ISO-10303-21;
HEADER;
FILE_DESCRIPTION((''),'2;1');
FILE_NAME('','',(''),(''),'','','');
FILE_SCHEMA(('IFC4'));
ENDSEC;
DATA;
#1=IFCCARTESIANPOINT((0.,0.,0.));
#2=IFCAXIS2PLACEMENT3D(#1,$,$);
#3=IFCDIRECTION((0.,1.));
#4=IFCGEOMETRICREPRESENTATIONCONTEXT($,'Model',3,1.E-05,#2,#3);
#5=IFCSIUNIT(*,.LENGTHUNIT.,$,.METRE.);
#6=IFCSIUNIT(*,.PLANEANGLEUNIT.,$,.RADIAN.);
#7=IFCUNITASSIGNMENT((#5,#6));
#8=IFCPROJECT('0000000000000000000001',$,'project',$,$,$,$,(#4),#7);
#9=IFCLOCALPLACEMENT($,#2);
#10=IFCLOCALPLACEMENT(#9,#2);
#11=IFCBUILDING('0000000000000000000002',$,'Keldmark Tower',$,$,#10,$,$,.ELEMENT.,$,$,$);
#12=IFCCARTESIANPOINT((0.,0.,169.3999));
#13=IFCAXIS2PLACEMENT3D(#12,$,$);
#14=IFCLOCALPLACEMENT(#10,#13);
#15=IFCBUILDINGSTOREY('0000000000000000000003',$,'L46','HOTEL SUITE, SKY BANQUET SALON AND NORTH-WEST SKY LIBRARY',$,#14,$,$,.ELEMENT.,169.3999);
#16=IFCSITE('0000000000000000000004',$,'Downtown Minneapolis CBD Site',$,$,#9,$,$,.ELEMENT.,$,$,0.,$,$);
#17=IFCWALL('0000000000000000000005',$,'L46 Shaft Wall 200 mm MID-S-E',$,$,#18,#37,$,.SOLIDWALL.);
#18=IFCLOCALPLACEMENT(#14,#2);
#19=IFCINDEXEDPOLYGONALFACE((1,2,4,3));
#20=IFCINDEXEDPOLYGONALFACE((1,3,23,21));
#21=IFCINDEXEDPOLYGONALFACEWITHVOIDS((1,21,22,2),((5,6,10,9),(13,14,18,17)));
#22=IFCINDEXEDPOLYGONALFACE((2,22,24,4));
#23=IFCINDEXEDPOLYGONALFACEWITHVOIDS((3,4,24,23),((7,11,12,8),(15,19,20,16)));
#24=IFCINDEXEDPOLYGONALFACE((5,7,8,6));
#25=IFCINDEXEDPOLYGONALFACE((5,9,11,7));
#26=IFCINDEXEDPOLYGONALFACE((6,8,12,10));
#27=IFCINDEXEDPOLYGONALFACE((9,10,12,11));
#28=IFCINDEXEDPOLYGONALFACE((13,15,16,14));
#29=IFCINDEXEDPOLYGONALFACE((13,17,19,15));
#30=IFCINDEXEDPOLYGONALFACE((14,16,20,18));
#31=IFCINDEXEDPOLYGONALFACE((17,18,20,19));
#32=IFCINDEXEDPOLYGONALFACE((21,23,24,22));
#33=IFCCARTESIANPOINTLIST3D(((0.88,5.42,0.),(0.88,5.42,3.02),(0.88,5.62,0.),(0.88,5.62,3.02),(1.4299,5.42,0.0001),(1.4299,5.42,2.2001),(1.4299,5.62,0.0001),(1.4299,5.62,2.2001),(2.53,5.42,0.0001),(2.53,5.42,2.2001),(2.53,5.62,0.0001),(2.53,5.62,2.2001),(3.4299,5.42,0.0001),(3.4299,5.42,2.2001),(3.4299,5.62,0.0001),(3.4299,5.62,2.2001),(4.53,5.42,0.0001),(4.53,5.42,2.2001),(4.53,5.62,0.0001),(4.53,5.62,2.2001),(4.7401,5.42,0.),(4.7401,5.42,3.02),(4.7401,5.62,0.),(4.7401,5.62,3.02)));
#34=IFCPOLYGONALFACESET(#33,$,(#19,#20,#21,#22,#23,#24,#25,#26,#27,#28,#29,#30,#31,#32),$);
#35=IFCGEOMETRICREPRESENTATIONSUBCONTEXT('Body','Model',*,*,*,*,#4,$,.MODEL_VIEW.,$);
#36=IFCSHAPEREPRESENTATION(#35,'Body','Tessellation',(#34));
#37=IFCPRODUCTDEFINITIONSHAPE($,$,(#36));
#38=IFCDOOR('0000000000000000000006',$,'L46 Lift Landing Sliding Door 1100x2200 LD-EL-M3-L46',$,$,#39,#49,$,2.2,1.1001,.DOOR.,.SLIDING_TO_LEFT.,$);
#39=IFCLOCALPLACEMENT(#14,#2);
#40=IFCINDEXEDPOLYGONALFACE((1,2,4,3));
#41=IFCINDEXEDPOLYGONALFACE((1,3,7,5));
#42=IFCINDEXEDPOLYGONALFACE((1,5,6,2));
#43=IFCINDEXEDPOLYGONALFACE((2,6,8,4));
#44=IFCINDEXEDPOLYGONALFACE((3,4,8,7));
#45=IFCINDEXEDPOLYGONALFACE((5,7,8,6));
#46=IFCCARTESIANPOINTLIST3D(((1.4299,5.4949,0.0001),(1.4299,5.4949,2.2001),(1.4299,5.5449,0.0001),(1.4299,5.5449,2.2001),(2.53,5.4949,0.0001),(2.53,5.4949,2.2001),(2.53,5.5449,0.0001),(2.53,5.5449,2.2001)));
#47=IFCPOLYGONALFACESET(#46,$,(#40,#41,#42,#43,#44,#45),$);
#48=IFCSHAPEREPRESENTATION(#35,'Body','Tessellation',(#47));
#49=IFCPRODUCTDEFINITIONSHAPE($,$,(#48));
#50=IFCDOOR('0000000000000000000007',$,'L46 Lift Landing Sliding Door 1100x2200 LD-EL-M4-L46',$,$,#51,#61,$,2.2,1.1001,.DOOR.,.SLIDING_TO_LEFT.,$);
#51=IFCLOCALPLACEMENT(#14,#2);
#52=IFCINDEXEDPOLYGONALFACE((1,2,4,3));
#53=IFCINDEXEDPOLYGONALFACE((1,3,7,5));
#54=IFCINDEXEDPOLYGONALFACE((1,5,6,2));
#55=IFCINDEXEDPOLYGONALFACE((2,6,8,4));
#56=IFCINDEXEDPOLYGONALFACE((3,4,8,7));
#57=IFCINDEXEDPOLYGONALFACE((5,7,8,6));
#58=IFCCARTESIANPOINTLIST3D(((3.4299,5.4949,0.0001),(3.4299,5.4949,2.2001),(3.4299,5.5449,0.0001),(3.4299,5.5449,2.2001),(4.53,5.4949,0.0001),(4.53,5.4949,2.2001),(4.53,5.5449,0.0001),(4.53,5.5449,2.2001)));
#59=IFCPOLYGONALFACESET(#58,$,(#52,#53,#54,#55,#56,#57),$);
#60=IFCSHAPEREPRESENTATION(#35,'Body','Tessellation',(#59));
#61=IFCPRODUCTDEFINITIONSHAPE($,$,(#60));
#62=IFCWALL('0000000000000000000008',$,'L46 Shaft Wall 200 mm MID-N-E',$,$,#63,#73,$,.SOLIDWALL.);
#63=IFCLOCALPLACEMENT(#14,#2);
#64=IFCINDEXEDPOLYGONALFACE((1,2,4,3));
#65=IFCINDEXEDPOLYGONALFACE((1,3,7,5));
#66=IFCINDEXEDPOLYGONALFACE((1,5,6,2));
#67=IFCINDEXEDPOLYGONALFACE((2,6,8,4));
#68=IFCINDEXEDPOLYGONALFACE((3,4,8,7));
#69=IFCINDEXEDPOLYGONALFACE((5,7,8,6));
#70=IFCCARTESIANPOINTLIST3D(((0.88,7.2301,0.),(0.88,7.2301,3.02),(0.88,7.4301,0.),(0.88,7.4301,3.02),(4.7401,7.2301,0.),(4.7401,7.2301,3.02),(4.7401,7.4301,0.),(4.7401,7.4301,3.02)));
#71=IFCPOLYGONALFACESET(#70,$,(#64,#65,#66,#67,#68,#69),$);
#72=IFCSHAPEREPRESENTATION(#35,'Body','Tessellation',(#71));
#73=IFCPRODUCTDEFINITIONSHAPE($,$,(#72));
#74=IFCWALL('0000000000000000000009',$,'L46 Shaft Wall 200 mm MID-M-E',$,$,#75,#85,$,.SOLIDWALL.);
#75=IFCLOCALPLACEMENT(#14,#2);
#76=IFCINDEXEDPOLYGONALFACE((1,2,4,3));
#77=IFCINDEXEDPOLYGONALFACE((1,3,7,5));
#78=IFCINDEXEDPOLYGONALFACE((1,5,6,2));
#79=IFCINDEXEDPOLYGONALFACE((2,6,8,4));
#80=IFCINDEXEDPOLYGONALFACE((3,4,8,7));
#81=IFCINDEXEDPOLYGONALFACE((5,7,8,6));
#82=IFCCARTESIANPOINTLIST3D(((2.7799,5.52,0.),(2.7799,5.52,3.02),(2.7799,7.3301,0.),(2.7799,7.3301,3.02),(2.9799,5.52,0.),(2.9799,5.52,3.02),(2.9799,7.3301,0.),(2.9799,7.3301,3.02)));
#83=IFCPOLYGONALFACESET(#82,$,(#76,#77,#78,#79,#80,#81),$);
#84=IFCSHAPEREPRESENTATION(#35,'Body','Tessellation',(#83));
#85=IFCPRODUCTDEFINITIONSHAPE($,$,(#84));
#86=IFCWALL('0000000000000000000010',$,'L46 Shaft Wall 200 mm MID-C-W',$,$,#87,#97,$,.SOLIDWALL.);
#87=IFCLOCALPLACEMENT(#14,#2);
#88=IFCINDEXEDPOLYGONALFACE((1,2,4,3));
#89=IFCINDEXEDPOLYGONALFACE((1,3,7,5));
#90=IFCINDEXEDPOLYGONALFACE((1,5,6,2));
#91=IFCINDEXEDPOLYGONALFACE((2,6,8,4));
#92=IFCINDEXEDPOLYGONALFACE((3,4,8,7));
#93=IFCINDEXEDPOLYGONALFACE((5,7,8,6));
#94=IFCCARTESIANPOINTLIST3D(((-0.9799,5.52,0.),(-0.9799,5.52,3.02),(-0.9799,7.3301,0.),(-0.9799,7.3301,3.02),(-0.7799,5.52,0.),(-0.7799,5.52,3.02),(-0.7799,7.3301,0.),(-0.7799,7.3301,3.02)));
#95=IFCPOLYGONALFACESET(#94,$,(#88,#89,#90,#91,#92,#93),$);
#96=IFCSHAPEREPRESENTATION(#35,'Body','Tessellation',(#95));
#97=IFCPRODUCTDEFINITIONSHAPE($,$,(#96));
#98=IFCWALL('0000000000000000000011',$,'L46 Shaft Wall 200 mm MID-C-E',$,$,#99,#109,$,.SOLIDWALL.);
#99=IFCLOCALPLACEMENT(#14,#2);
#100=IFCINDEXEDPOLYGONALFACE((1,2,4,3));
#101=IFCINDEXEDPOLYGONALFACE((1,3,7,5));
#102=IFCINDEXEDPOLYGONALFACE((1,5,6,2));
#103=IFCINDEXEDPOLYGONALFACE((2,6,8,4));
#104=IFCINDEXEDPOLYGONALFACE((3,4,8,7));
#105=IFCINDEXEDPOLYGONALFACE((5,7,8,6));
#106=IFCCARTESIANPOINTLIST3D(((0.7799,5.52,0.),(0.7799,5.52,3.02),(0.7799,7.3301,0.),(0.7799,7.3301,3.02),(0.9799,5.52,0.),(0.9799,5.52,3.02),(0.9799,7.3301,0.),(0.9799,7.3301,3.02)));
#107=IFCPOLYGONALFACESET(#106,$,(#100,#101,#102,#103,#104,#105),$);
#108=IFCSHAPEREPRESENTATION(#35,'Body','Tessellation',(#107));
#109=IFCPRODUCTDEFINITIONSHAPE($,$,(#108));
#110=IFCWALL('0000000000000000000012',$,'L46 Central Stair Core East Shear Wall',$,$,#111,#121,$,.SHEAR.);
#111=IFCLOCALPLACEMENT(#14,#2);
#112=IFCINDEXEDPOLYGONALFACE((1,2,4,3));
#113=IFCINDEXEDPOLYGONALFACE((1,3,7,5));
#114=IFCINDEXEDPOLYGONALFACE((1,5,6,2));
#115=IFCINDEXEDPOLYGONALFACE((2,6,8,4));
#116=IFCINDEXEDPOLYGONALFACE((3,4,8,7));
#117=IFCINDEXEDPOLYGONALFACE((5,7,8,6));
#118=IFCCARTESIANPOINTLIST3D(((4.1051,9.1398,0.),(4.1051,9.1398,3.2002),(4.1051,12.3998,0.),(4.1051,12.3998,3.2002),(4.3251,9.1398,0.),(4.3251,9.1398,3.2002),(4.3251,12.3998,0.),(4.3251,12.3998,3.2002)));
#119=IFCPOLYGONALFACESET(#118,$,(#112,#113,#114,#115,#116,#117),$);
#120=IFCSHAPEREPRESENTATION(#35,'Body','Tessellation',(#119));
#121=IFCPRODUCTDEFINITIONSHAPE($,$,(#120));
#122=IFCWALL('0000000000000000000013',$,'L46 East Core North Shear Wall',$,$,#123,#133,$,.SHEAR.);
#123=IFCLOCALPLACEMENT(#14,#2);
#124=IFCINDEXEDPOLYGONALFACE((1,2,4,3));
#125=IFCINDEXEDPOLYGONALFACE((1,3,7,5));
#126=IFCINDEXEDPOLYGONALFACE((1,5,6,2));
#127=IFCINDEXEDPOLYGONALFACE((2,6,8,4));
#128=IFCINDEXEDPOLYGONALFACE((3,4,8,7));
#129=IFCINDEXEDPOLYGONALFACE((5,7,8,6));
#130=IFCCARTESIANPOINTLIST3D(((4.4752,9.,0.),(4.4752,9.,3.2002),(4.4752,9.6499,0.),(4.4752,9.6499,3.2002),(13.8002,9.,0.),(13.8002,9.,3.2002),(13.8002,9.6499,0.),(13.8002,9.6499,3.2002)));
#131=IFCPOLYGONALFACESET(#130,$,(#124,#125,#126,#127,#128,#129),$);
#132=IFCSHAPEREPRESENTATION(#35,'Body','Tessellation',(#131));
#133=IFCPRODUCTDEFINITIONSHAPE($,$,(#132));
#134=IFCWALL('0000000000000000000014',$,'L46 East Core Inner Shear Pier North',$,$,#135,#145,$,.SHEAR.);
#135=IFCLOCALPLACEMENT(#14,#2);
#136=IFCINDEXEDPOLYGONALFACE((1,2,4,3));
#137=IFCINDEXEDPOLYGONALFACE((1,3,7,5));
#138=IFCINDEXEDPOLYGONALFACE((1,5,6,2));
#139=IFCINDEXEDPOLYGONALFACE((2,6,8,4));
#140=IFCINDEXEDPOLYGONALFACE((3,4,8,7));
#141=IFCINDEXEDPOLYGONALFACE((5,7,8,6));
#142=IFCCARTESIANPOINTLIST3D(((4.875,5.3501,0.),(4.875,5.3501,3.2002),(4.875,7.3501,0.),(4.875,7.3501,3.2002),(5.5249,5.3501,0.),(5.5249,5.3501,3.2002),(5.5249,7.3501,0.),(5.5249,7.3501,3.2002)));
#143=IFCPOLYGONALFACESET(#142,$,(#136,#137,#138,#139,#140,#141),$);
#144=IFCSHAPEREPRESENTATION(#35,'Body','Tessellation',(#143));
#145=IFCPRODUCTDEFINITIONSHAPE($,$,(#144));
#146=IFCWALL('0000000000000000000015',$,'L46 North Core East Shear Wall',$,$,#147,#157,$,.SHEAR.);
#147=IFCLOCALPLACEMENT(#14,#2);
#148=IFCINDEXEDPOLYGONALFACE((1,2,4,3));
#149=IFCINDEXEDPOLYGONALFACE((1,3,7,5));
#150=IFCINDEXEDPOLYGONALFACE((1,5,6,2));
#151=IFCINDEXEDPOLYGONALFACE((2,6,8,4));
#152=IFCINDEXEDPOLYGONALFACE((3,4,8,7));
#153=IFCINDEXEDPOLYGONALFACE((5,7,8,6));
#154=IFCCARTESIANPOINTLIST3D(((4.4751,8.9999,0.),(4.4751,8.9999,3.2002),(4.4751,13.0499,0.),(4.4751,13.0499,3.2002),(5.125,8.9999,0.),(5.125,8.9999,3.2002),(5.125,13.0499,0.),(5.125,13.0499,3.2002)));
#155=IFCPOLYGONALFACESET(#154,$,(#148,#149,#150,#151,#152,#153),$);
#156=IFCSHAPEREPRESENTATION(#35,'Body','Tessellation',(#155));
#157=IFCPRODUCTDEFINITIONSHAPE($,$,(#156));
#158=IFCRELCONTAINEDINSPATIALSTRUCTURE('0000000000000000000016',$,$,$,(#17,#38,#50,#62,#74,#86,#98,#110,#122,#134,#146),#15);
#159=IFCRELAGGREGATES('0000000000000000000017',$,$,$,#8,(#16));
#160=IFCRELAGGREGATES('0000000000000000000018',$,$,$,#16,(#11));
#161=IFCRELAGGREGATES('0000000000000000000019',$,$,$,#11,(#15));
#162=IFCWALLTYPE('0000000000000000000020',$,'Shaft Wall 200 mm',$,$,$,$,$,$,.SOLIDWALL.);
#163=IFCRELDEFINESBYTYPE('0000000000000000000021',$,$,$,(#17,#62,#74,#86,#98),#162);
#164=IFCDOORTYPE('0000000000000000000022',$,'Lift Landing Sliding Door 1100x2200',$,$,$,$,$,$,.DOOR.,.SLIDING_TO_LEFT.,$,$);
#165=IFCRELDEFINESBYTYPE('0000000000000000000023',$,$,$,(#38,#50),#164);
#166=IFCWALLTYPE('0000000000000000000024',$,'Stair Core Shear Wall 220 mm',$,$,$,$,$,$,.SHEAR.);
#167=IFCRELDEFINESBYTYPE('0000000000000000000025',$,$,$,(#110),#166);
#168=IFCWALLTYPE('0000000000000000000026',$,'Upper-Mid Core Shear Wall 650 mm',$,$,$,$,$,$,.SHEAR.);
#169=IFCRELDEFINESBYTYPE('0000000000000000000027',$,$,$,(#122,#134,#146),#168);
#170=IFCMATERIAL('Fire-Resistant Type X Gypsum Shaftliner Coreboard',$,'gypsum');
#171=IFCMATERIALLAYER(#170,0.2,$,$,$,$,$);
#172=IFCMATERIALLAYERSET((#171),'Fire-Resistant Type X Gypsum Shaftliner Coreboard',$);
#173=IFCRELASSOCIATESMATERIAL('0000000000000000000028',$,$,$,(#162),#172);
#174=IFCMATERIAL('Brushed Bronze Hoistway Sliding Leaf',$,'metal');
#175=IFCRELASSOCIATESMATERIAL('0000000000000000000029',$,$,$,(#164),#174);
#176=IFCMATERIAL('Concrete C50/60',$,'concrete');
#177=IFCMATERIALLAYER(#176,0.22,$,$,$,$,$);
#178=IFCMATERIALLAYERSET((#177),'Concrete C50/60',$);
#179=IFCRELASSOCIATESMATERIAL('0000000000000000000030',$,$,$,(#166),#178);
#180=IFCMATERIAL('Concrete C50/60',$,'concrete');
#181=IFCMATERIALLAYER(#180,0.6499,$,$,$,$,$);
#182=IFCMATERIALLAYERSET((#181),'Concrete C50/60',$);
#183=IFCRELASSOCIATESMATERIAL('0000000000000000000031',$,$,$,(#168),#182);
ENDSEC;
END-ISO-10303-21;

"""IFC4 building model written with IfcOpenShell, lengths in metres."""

from ifc_helpers import new_model, si_unit, direction, frame, frame_2d, origin, place, context, subcontext, project, spatial, rectangle, extrude, material, layer, layer_set, type_object, element, fill, save


model = new_model("IFC4")

# Units and contexts
model_context = context("Model", 3, precision=1e-05, world=origin(), true_north=direction((0.0, 1.0)))
body_context = subcontext(model_context, "Body", "Model", "MODEL_VIEW")
ifc_project = project(units=[si_unit("LENGTHUNIT", "METRE"), si_unit("PLANEANGLEUNIT", "RADIAN")], contexts=[model_context])

# Site, building, storey
site_placement = place(None, origin())
site = spatial("IfcSite", under=ifc_project, at=site_placement, Name="Downtown Minneapolis CBD Site", CompositionType="ELEMENT", RefElevation=0.0)
building_placement = place(site_placement, origin())
building = spatial("IfcBuilding", under=site, at=building_placement, Name="Keldmark Tower", CompositionType="ELEMENT")
storey_placement = place(building_placement, frame((0.0, 0.0, 169.3999)))
storey = spatial("IfcBuildingStorey", under=building, at=storey_placement, Name="L46", Description="HOTEL SUITE, SKY BANQUET SALON AND NORTH-WEST SKY LIBRARY", CompositionType="ELEMENT", Elevation=169.3999)

# Shared definitions
ifc_material_1 = material(Name="Fire-Resistant Type X Gypsum Shaftliner Coreboard", Category="gypsum")
ifc_layer_1 = layer(ifc_material_1, 0.2)
ifc_layer_set_1 = layer_set([ifc_layer_1], Name="Fire-Resistant Type X Gypsum Shaftliner Coreboard")
wall_type_1 = type_object("IfcWallType", Name="Shaft Wall 200 mm", PredefinedType="SOLIDWALL", material=ifc_layer_set_1)

# Wall, openings, doors
wall_1_placement = place(storey_placement, frame((0.8799, 5.52, 0.0), z_axis=(0.0, 0.0, 1.0), x_axis=(1.0, 0.0, 0.0)))
wall_1 = element("IfcWall", 1, at=wall_1_placement, inside=storey, type_object=wall_type_1, Name="L46 Shaft Wall 200 mm MID-S-E", PredefinedType="SOLIDWALL", context=body_context, shape_type="SweptSolid", body=[
    extrude(rectangle(XDim=3.8601, YDim=0.2, at=frame_2d((1.9302, 0.0))), origin(), (0.0, 0.0, 1.0), 3.02),
])
opening_1_placement = place(wall_1_placement, frame((0.55, 0.0, 0.0)))
opening_1 = element("IfcOpeningElement", 2, at=opening_1_placement, cuts=wall_1, PredefinedType="OPENING", context=body_context, shape_type="SweptSolid", body=[
    extrude(rectangle(XDim=1.1001, YDim=2.2, at=frame_2d((0.55, 1.1001))), frame((0.0, 0.1099, 0.0), z_axis=(0.0, -1.0, 0.0), x_axis=(1.0, 0.0, 0.0)), (0.0, 0.0, 1.0), 0.22),
])
opening_2_placement = place(wall_1_placement, frame((2.55, 0.0, 0.0)))
opening_2 = element("IfcOpeningElement", 3, at=opening_2_placement, cuts=wall_1, PredefinedType="OPENING", context=body_context, shape_type="SweptSolid", body=[
    extrude(rectangle(XDim=1.1001, YDim=2.2, at=frame_2d((0.55, 1.1001))), frame((0.0, 0.1099, 0.0), z_axis=(0.0, -1.0, 0.0), x_axis=(1.0, 0.0, 0.0)), (0.0, 0.0, 1.0), 0.22),
])
ifc_material_2 = material(Name="Brushed Bronze Hoistway Sliding Leaf", Category="metal")
door_type_1 = type_object("IfcDoorType", Name="Lift Landing Sliding Door 1100x2200", OperationType="SLIDING_TO_LEFT", PredefinedType="DOOR", material=ifc_material_2)
door_1_placement = place(opening_1_placement, origin())
door_1 = element("IfcDoor", 4, at=door_1_placement, inside=storey, type_object=door_type_1, Name="L46 Lift Landing Sliding Door 1100x2200 LD-EL-M3-L46", OperationType="SLIDING_TO_LEFT", OverallHeight=2.2, OverallWidth=1.1001, PredefinedType="DOOR", context=body_context, shape_type="SweptSolid", body=[
    extrude(rectangle(XDim=1.1001, YDim=2.2, at=frame_2d((0.55, 1.1001))), frame((0.0, 0.0249, 0.0), z_axis=(0.0, -1.0, 0.0), x_axis=(1.0, 0.0, 0.0)), (0.0, 0.0, 1.0), 0.05),
])
fill(opening_1, door_1)
door_2_placement = place(opening_2_placement, origin())
door_2 = element("IfcDoor", 5, at=door_2_placement, inside=storey, type_object=door_type_1, Name="L46 Lift Landing Sliding Door 1100x2200 LD-EL-M4-L46", OperationType="SLIDING_TO_LEFT", OverallHeight=2.2, OverallWidth=1.1001, PredefinedType="DOOR", context=body_context, shape_type="SweptSolid", body=[
    extrude(rectangle(XDim=1.1001, YDim=2.2, at=frame_2d((0.55, 1.1001))), frame((0.0, 0.0249, 0.0), z_axis=(0.0, -1.0, 0.0), x_axis=(1.0, 0.0, 0.0)), (0.0, 0.0, 1.0), 0.05),
])
fill(opening_2, door_2)

# Walls
wall_2_placement = place(storey_placement, frame((0.8799, 7.3301, 0.0), z_axis=(0.0, 0.0, 1.0), x_axis=(1.0, 0.0, 0.0)))
element("IfcWall", 6, at=wall_2_placement, inside=storey, type_object=wall_type_1, Name="L46 Shaft Wall 200 mm MID-N-E", PredefinedType="SOLIDWALL", context=body_context, shape_type="SweptSolid", body=[
    extrude(rectangle(XDim=3.8601, YDim=0.2, at=frame_2d((1.9302, 0.0))), origin(), (0.0, 0.0, 1.0), 3.02),
])
for number, where, z_axis, x_axis, name in (
    (7, (2.8799, 5.52, 0.0), (0.0, 0.0, 1.0), (0.0, 1.0, 0.0), "L46 Shaft Wall 200 mm MID-M-E"),
    (8, (-0.8799, 5.52, 0.0), (0.0, 0.0, 1.0), (0.0, 1.0, 0.0), "L46 Shaft Wall 200 mm MID-C-W"),
    (9, (0.8799, 5.52, 0.0), (0.0, 0.0, 1.0), (0.0, 1.0, 0.0), "L46 Shaft Wall 200 mm MID-C-E"),
):
    element("IfcWall", number, at=place(storey_placement, frame(where, z_axis=z_axis, x_axis=x_axis)), inside=storey, type_object=wall_type_1, Name=name, PredefinedType="SOLIDWALL", context=body_context, shape_type="SweptSolid", body=[
        extrude(rectangle(XDim=1.8101, YDim=0.2, at=frame_2d((0.905, 0.0))), origin(), (0.0, 0.0, 1.0), 3.02),
    ])
ifc_material_3 = material(Name="Concrete C50/60", Category="concrete")
ifc_layer_2 = layer(ifc_material_3, 0.22)
ifc_layer_set_2 = layer_set([ifc_layer_2], Name="Concrete C50/60")
wall_type_2 = type_object("IfcWallType", Name="Stair Core Shear Wall 220 mm", PredefinedType="SHEAR", material=ifc_layer_set_2)
wall_3_placement = place(storey_placement, frame((4.2151, 9.1399, 0.0), z_axis=(0.0, 0.0, 1.0), x_axis=(0.0, 1.0, 0.0)))
element("IfcWall", 10, at=wall_3_placement, inside=storey, type_object=wall_type_2, Name="L46 Central Stair Core East Shear Wall", PredefinedType="SHEAR", context=body_context, shape_type="SweptSolid", body=[
    extrude(rectangle(XDim=3.26, YDim=0.22, at=frame_2d((1.6299, 0.0))), origin(), (0.0, 0.0, 1.0), 3.2002),
])
ifc_material_4 = material(Name="Concrete C50/60", Category="concrete")
ifc_layer_3 = layer(ifc_material_4, 0.6499)
ifc_layer_set_3 = layer_set([ifc_layer_3], Name="Concrete C50/60")
wall_type_3 = type_object("IfcWallType", Name="Upper-Mid Core Shear Wall 650 mm", PredefinedType="SHEAR", material=ifc_layer_set_3)
wall_4_placement = place(storey_placement, frame((4.4751, 9.325, 0.0), z_axis=(0.0, 0.0, 1.0), x_axis=(1.0, 0.0, 0.0)))
element("IfcWall", 11, at=wall_4_placement, inside=storey, type_object=wall_type_3, Name="L46 East Core North Shear Wall", PredefinedType="SHEAR", context=body_context, shape_type="SweptSolid", body=[
    extrude(rectangle(XDim=9.325, YDim=0.6499, at=frame_2d((4.6626, 0.0))), origin(), (0.0, 0.0, 1.0), 3.2002),
])
wall_5_placement = place(storey_placement, frame((5.2, 5.3501, 0.0), z_axis=(0.0, 0.0, 1.0), x_axis=(0.0, 1.0, 0.0)))
element("IfcWall", 12, at=wall_5_placement, inside=storey, type_object=wall_type_3, Name="L46 East Core Inner Shear Pier North", PredefinedType="SHEAR", context=body_context, shape_type="SweptSolid", body=[
    extrude(rectangle(XDim=2.0, YDim=0.6499, at=frame_2d((1.0, 0.0))), origin(), (0.0, 0.0, 1.0), 3.2002),
])
wall_6_placement = place(storey_placement, frame((4.8, 9.0, 0.0), z_axis=(0.0, 0.0, 1.0), x_axis=(0.0, 1.0, 0.0)))
element("IfcWall", 13, at=wall_6_placement, inside=storey, type_object=wall_type_3, Name="L46 North Core East Shear Wall", PredefinedType="SHEAR", context=body_context, shape_type="SweptSolid", body=[
    extrude(rectangle(XDim=4.05, YDim=0.6499, at=frame_2d((2.0249, 0.0))), origin(), (0.0, 0.0, 1.0), 3.2002),
])

save(model, "model.ifc")
